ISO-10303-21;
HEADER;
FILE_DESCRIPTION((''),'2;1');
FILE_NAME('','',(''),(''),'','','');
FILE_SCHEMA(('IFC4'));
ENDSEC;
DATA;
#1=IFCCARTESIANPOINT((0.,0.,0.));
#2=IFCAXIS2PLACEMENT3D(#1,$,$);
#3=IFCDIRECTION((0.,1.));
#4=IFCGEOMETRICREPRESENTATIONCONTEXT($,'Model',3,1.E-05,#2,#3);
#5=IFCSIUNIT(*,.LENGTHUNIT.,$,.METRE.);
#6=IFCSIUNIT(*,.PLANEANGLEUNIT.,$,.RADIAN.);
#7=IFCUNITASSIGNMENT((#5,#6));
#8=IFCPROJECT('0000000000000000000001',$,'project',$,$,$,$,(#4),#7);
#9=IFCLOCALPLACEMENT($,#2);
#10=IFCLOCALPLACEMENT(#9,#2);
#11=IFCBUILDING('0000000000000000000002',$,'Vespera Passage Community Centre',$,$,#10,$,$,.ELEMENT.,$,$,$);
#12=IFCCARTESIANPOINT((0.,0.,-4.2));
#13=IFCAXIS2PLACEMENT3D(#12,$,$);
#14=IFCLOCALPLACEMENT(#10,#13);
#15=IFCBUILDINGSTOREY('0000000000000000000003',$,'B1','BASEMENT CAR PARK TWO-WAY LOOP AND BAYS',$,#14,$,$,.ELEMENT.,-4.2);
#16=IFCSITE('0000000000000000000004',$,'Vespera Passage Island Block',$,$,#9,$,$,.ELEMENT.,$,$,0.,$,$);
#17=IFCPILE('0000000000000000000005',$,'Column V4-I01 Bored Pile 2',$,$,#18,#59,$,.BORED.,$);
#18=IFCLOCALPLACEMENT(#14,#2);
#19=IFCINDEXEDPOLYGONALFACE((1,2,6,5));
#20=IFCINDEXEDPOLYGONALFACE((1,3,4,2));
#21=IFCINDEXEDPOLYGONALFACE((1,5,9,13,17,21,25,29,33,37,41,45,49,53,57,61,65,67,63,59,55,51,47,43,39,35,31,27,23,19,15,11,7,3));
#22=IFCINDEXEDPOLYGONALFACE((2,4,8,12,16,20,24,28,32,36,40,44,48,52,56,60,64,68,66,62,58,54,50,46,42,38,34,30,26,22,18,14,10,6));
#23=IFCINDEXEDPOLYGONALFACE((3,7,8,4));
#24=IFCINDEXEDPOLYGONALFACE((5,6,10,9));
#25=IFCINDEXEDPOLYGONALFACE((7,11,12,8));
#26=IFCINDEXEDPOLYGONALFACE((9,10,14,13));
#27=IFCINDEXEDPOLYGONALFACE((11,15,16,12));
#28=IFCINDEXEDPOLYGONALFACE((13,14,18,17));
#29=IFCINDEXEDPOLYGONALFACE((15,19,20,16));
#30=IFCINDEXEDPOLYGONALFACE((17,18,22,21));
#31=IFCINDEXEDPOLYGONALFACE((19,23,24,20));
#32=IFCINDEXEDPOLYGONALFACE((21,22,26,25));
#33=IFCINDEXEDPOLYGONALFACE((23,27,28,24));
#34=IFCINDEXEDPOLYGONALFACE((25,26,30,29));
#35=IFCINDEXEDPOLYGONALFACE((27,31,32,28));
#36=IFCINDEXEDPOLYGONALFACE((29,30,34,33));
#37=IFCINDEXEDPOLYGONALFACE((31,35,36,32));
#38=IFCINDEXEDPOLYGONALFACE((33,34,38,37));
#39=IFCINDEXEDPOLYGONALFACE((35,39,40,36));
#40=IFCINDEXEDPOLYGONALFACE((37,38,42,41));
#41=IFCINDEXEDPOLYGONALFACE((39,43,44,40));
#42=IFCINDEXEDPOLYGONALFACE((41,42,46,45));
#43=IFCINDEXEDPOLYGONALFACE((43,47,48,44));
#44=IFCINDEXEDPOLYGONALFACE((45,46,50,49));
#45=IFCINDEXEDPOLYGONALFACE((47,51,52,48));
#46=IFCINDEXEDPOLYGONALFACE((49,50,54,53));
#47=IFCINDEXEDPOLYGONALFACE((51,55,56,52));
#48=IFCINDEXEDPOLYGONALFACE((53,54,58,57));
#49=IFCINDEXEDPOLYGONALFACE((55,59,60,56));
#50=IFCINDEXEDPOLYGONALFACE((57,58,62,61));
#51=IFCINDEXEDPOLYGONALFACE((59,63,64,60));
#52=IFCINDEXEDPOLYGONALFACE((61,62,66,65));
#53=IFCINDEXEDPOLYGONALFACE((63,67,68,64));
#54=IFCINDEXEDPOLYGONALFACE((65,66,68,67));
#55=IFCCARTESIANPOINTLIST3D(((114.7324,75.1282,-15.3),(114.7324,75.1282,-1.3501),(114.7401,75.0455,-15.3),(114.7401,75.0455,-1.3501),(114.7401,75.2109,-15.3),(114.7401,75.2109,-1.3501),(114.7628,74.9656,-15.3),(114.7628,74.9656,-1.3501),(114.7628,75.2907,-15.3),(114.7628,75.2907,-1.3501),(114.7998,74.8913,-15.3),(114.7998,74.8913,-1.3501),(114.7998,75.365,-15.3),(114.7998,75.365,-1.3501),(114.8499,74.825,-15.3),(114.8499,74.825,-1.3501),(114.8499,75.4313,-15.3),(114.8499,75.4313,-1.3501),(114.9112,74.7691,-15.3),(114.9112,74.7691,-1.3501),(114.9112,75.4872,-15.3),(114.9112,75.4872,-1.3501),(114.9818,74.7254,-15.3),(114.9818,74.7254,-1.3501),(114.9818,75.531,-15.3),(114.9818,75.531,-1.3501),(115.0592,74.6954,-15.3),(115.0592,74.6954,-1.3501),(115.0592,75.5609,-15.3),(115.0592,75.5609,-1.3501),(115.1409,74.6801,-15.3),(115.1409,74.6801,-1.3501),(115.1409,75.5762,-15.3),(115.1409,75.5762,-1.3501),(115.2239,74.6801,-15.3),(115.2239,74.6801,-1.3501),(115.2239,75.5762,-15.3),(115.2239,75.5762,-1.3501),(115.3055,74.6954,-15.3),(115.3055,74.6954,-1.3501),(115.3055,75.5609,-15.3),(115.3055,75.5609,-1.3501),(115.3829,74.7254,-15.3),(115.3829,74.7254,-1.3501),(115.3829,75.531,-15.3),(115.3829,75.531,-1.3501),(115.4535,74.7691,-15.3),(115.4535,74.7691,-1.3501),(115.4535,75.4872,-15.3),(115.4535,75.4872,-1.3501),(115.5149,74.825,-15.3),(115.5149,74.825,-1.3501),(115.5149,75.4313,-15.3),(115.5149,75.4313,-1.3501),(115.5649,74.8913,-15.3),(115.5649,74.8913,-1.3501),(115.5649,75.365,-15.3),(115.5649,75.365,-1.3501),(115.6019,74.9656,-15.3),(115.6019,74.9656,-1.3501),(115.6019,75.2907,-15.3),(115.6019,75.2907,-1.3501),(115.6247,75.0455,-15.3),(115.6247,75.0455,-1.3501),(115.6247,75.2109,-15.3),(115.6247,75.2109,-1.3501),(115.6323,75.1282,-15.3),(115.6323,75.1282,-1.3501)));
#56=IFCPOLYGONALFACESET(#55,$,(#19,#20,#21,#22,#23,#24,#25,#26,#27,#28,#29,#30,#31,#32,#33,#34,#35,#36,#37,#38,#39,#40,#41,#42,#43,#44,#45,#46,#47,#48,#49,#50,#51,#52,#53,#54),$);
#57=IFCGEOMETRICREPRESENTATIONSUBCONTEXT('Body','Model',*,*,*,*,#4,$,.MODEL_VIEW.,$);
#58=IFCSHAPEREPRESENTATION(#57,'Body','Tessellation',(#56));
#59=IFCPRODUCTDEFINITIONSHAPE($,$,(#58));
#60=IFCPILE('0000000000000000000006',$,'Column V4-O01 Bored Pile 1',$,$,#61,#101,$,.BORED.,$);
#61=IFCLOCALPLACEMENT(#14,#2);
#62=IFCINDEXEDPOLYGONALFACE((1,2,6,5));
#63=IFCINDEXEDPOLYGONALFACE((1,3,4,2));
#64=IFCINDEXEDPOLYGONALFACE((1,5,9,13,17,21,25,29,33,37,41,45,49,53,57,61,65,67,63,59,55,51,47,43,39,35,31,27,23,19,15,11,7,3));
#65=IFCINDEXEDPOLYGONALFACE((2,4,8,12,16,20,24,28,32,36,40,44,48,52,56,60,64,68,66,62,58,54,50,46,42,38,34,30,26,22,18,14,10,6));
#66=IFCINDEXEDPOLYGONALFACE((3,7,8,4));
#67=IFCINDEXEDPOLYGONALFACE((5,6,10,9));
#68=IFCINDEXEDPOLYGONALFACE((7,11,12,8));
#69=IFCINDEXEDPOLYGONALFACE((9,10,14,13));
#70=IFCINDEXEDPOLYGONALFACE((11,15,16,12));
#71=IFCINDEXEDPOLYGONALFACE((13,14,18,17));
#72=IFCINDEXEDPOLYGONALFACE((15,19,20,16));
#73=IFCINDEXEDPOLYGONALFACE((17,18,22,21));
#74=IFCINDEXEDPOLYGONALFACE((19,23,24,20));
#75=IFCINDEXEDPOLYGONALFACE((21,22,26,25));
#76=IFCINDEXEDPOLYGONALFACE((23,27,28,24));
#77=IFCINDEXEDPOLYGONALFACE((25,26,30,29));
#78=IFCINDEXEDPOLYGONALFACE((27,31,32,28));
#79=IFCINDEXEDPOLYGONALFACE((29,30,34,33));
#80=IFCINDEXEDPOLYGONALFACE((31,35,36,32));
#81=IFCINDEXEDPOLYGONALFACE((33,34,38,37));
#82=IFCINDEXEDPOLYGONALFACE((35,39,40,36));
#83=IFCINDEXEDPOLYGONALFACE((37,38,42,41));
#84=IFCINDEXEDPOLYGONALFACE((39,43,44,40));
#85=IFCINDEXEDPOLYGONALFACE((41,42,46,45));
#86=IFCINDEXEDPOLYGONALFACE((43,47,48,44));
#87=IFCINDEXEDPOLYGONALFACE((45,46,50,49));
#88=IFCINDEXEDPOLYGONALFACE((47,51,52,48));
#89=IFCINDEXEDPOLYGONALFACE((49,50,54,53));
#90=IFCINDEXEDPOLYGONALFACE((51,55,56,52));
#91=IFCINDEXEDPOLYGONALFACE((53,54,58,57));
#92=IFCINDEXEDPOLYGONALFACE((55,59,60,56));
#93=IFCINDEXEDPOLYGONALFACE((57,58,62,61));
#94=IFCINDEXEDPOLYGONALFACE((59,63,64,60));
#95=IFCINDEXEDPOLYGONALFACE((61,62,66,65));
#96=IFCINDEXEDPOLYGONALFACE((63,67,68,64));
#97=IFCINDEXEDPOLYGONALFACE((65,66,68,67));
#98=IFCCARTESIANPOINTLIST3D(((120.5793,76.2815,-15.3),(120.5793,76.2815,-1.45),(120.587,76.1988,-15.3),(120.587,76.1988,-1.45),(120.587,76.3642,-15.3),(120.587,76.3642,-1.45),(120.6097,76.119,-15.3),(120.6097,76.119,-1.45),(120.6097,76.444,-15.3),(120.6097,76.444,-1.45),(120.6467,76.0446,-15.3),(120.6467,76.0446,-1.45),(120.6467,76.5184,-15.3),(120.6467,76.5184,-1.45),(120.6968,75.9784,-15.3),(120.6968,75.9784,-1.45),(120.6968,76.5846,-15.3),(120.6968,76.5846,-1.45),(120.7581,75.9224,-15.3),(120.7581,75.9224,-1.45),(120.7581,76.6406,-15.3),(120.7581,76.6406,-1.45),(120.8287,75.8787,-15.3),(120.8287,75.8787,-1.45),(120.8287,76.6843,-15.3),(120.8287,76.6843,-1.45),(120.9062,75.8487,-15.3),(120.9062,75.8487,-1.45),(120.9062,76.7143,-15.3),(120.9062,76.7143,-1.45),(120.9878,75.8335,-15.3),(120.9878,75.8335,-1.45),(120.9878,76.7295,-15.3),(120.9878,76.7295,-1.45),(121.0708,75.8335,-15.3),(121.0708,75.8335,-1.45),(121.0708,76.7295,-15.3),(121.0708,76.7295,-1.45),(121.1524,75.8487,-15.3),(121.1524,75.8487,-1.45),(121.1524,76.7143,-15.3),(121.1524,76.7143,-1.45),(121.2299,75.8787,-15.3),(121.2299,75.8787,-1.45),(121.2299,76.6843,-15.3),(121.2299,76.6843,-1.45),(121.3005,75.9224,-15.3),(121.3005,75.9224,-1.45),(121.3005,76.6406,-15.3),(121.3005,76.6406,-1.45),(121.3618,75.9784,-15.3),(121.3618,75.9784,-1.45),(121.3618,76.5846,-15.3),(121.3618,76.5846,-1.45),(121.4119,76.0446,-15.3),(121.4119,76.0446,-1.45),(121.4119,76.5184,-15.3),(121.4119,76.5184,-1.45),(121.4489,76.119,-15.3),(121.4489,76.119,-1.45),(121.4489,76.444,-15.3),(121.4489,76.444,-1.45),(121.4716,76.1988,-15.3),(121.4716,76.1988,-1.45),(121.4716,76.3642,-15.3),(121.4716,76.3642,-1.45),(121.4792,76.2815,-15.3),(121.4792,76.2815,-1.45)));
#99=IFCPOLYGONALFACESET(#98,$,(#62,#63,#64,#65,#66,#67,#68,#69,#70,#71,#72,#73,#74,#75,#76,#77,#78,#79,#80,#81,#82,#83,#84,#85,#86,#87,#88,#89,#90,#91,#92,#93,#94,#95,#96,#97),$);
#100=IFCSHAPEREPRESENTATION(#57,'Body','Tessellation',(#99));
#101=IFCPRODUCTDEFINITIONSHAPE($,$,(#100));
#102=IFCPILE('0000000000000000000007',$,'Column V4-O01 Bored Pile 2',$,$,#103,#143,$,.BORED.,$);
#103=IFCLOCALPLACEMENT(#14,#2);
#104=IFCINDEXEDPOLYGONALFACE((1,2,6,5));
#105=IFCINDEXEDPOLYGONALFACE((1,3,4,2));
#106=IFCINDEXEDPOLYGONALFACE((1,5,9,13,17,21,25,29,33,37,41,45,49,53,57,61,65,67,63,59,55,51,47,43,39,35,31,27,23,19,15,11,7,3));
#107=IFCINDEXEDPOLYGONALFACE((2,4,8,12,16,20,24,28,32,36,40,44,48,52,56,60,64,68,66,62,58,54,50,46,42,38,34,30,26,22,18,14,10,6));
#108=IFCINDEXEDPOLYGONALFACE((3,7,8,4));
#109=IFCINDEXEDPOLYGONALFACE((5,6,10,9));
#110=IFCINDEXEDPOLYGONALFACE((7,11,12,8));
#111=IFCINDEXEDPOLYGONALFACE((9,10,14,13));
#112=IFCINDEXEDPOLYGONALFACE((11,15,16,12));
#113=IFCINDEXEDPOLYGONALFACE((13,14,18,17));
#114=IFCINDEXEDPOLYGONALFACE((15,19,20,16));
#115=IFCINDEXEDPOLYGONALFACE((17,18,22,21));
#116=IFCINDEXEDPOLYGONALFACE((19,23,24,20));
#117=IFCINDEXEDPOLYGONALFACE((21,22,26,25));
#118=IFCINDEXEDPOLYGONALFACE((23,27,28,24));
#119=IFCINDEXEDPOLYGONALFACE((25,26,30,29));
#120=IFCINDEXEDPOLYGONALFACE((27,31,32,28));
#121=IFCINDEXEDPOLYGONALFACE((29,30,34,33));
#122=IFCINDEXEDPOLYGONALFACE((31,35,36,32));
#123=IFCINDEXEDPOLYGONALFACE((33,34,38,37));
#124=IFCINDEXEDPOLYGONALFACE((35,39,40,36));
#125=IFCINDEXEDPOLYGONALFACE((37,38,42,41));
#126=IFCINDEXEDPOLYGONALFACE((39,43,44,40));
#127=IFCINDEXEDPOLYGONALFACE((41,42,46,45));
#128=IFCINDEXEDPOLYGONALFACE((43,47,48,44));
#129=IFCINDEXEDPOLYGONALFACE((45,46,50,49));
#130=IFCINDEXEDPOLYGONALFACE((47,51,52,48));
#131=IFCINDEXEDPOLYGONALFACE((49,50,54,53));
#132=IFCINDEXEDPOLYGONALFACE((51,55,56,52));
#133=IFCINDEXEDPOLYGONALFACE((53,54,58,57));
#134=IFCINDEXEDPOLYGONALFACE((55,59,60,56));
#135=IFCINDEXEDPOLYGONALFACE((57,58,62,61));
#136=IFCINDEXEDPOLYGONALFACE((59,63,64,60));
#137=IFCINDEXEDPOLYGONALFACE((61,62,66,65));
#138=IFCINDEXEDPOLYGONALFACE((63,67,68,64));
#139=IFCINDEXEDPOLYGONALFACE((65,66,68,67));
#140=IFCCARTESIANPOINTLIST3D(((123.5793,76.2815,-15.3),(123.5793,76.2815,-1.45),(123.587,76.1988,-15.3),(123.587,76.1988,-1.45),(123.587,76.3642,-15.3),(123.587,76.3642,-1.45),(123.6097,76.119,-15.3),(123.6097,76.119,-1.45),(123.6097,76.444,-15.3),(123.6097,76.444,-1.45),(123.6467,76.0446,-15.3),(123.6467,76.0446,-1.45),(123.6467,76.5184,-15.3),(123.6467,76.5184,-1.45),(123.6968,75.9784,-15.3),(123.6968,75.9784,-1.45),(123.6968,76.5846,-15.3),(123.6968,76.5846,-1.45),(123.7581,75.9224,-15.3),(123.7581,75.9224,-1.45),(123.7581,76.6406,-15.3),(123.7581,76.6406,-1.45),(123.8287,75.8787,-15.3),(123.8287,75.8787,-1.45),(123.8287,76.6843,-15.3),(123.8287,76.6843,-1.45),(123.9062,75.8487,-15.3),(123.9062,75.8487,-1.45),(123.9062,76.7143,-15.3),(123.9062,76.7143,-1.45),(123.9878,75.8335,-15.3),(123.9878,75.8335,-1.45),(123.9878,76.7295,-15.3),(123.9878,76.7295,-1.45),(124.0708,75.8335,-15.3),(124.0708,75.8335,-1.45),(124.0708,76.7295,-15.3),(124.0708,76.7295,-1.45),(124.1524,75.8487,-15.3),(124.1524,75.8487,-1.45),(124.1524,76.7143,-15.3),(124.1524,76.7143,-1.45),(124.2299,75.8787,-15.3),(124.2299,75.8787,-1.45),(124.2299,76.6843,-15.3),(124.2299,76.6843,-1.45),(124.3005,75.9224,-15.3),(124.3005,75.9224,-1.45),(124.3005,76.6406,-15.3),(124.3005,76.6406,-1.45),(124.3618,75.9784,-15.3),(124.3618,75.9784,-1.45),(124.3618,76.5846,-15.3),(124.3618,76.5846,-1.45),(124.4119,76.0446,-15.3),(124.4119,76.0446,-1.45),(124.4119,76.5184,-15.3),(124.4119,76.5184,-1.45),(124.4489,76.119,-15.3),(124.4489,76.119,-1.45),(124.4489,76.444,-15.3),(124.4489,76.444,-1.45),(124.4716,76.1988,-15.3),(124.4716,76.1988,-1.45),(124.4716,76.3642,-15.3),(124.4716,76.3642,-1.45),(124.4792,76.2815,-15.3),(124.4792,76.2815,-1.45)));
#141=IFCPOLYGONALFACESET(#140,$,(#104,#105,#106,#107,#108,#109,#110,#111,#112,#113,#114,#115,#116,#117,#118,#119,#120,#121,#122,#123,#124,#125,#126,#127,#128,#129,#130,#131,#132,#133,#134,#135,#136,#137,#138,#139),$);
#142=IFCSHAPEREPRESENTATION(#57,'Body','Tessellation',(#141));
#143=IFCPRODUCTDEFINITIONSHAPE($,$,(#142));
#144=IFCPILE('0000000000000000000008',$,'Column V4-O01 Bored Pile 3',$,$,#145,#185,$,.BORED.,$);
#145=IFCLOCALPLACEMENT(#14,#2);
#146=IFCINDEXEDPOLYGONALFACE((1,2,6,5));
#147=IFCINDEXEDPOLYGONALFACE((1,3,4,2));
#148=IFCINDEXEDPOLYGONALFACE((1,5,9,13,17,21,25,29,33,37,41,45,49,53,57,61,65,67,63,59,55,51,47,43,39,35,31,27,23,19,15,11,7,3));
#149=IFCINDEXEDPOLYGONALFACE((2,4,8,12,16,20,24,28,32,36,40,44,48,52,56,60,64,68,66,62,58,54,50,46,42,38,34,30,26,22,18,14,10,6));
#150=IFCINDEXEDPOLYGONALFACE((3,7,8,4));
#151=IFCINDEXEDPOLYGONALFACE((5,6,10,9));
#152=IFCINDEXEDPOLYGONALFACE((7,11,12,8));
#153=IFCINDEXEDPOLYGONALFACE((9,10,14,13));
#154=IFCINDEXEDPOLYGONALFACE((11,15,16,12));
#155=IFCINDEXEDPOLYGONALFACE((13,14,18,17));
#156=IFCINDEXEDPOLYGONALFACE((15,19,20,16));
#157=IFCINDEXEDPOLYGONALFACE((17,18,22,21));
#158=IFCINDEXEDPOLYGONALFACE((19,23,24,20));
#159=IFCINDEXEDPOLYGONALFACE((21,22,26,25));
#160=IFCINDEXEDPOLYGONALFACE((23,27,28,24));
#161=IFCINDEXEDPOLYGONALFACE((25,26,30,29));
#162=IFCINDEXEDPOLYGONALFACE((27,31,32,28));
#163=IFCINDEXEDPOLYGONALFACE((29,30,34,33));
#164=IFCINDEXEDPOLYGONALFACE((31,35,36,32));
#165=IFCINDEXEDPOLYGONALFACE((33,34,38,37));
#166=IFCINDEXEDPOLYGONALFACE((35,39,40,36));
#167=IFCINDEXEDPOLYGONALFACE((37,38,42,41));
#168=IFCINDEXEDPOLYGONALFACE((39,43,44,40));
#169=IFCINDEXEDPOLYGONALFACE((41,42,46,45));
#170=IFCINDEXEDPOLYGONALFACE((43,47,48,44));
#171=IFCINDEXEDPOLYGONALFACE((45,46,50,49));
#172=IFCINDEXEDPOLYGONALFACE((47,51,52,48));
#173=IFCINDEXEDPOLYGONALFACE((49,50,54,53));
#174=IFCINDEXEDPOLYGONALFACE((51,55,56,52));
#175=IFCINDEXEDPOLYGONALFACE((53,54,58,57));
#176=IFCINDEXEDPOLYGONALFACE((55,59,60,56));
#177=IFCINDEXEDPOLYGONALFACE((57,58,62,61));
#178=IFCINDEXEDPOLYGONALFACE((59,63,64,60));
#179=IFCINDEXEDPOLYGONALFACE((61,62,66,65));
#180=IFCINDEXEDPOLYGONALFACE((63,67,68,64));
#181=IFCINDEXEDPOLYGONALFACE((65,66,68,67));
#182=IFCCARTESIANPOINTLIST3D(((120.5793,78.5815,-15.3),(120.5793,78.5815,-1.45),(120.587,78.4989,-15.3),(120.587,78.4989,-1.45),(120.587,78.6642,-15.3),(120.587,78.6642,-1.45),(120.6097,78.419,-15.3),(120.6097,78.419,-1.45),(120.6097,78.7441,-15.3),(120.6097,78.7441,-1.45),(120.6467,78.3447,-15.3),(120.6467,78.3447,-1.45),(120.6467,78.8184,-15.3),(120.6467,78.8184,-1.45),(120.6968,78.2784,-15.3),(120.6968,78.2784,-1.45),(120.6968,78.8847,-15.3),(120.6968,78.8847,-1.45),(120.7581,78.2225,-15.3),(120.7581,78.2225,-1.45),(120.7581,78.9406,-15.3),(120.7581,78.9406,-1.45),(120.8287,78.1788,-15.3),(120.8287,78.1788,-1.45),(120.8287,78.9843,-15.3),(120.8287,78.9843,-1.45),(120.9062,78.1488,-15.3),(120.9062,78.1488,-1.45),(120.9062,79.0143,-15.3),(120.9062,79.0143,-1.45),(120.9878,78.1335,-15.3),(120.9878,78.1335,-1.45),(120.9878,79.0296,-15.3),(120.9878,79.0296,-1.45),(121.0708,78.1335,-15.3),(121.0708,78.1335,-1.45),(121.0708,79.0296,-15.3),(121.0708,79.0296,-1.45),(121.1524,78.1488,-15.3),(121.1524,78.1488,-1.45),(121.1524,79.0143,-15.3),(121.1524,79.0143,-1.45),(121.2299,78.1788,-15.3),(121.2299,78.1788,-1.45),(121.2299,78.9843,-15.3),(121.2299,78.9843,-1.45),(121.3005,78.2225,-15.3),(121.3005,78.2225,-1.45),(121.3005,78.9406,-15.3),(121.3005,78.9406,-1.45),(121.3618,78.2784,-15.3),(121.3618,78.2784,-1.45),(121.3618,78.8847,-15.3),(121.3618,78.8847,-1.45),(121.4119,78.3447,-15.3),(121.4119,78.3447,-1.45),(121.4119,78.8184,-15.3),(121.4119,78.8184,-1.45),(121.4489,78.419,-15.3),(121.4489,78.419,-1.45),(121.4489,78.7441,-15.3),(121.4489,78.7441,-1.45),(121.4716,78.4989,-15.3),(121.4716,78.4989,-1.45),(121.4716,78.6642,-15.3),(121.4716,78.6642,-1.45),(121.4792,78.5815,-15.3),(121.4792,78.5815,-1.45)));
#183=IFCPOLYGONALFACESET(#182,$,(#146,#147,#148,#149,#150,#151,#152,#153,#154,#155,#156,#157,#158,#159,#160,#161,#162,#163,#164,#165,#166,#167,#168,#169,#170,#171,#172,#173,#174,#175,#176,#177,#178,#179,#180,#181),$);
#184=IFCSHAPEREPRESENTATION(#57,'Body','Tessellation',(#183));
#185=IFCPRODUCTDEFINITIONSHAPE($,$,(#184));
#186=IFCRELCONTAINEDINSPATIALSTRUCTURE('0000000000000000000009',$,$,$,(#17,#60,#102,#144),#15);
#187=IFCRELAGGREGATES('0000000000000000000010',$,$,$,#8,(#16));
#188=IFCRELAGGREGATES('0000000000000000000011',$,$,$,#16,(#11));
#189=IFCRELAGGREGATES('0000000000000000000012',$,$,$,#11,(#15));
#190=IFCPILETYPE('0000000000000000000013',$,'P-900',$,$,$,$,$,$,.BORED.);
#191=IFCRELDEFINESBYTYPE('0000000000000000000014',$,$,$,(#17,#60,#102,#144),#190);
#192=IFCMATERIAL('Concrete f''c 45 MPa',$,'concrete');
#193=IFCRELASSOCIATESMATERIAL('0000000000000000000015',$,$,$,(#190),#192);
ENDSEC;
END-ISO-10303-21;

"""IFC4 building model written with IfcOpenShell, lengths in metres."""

from ifc_helpers import new_model, si_unit, direction, frame, origin, origin_2d, place, context, subcontext, project, spatial, circle, extrude, material, material_profile, profile_set, type_object, element, save


model = new_model("IFC4")

# Units and contexts
model_context = context("Model", 3, precision=1e-05, world=origin(), true_north=direction((0.0, 1.0)))
body_context = subcontext(model_context, "Body", "Model", "MODEL_VIEW")
ifc_project = project(units=[si_unit("LENGTHUNIT", "METRE"), si_unit("PLANEANGLEUNIT", "RADIAN")], contexts=[model_context])

# Site, building, storey
site_placement = place(None, origin())
site = spatial("IfcSite", under=ifc_project, at=site_placement, Name="Vespera Passage Island Block", CompositionType="ELEMENT", RefElevation=0.0)
building_placement = place(site_placement, origin())
building = spatial("IfcBuilding", under=site, at=building_placement, Name="Vespera Passage Community Centre", CompositionType="ELEMENT")
storey_placement = place(building_placement, frame((0.0, 0.0, -4.2)))
storey = spatial("IfcBuildingStorey", under=building, at=storey_placement, Name="B1", Description="BASEMENT CAR PARK TWO-WAY LOOP AND BAYS", CompositionType="ELEMENT", Elevation=-4.2)

# Piles
ifc_material_1 = material(Name="Concrete f'c 45 MPa", Category="concrete")
ifc_material_profile_1 = material_profile(ifc_material_1, circle(Radius=0.45, at=origin_2d()), Name="PILE900DIA")
ifc_profile_set_1 = profile_set([ifc_material_profile_1], Name="Concrete f'c 45 MPa")
pile_type_1 = type_object("IfcPileType", Name="P-900", PredefinedType="BORED", material=ifc_profile_set_1)
pile_placement = place(storey_placement, frame((115.1824, 75.1282, -1.3501), z_axis=(0.0, 0.0, -1.0), x_axis=(1.0, 0.0, 0.0)))
element("IfcPile", 1, at=pile_placement, inside=storey, type_object=pile_type_1, Name="Column V4-I01 Bored Pile 2", PredefinedType="BORED", context=body_context, shape_type="SweptSolid", body=[
    extrude(circle(Radius=0.45, at=origin_2d()), origin(), (0.0, 0.0, 1.0), 13.95),
])
for number, where, z_axis, x_axis, name in (
    (2, (121.0293, 76.2815, -1.45), (0.0, 0.0, -1.0), (1.0, 0.0, 0.0), "Column V4-O01 Bored Pile 1"),
    (3, (124.0293, 76.2815, -1.45), (0.0, 0.0, -1.0), (1.0, 0.0, 0.0), "Column V4-O01 Bored Pile 2"),
    (4, (121.0293, 78.5815, -1.45), (0.0, 0.0, -1.0), (1.0, 0.0, 0.0), "Column V4-O01 Bored Pile 3"),
):
    element("IfcPile", number, at=place(storey_placement, frame(where, z_axis=z_axis, x_axis=x_axis)), inside=storey, type_object=pile_type_1, Name=name, PredefinedType="BORED", context=body_context, shape_type="SweptSolid", body=[
        extrude(circle(Radius=0.45, at=origin_2d()), origin(), (0.0, 0.0, 1.0), 13.8501),
    ])

save(model, "model.ifc")
